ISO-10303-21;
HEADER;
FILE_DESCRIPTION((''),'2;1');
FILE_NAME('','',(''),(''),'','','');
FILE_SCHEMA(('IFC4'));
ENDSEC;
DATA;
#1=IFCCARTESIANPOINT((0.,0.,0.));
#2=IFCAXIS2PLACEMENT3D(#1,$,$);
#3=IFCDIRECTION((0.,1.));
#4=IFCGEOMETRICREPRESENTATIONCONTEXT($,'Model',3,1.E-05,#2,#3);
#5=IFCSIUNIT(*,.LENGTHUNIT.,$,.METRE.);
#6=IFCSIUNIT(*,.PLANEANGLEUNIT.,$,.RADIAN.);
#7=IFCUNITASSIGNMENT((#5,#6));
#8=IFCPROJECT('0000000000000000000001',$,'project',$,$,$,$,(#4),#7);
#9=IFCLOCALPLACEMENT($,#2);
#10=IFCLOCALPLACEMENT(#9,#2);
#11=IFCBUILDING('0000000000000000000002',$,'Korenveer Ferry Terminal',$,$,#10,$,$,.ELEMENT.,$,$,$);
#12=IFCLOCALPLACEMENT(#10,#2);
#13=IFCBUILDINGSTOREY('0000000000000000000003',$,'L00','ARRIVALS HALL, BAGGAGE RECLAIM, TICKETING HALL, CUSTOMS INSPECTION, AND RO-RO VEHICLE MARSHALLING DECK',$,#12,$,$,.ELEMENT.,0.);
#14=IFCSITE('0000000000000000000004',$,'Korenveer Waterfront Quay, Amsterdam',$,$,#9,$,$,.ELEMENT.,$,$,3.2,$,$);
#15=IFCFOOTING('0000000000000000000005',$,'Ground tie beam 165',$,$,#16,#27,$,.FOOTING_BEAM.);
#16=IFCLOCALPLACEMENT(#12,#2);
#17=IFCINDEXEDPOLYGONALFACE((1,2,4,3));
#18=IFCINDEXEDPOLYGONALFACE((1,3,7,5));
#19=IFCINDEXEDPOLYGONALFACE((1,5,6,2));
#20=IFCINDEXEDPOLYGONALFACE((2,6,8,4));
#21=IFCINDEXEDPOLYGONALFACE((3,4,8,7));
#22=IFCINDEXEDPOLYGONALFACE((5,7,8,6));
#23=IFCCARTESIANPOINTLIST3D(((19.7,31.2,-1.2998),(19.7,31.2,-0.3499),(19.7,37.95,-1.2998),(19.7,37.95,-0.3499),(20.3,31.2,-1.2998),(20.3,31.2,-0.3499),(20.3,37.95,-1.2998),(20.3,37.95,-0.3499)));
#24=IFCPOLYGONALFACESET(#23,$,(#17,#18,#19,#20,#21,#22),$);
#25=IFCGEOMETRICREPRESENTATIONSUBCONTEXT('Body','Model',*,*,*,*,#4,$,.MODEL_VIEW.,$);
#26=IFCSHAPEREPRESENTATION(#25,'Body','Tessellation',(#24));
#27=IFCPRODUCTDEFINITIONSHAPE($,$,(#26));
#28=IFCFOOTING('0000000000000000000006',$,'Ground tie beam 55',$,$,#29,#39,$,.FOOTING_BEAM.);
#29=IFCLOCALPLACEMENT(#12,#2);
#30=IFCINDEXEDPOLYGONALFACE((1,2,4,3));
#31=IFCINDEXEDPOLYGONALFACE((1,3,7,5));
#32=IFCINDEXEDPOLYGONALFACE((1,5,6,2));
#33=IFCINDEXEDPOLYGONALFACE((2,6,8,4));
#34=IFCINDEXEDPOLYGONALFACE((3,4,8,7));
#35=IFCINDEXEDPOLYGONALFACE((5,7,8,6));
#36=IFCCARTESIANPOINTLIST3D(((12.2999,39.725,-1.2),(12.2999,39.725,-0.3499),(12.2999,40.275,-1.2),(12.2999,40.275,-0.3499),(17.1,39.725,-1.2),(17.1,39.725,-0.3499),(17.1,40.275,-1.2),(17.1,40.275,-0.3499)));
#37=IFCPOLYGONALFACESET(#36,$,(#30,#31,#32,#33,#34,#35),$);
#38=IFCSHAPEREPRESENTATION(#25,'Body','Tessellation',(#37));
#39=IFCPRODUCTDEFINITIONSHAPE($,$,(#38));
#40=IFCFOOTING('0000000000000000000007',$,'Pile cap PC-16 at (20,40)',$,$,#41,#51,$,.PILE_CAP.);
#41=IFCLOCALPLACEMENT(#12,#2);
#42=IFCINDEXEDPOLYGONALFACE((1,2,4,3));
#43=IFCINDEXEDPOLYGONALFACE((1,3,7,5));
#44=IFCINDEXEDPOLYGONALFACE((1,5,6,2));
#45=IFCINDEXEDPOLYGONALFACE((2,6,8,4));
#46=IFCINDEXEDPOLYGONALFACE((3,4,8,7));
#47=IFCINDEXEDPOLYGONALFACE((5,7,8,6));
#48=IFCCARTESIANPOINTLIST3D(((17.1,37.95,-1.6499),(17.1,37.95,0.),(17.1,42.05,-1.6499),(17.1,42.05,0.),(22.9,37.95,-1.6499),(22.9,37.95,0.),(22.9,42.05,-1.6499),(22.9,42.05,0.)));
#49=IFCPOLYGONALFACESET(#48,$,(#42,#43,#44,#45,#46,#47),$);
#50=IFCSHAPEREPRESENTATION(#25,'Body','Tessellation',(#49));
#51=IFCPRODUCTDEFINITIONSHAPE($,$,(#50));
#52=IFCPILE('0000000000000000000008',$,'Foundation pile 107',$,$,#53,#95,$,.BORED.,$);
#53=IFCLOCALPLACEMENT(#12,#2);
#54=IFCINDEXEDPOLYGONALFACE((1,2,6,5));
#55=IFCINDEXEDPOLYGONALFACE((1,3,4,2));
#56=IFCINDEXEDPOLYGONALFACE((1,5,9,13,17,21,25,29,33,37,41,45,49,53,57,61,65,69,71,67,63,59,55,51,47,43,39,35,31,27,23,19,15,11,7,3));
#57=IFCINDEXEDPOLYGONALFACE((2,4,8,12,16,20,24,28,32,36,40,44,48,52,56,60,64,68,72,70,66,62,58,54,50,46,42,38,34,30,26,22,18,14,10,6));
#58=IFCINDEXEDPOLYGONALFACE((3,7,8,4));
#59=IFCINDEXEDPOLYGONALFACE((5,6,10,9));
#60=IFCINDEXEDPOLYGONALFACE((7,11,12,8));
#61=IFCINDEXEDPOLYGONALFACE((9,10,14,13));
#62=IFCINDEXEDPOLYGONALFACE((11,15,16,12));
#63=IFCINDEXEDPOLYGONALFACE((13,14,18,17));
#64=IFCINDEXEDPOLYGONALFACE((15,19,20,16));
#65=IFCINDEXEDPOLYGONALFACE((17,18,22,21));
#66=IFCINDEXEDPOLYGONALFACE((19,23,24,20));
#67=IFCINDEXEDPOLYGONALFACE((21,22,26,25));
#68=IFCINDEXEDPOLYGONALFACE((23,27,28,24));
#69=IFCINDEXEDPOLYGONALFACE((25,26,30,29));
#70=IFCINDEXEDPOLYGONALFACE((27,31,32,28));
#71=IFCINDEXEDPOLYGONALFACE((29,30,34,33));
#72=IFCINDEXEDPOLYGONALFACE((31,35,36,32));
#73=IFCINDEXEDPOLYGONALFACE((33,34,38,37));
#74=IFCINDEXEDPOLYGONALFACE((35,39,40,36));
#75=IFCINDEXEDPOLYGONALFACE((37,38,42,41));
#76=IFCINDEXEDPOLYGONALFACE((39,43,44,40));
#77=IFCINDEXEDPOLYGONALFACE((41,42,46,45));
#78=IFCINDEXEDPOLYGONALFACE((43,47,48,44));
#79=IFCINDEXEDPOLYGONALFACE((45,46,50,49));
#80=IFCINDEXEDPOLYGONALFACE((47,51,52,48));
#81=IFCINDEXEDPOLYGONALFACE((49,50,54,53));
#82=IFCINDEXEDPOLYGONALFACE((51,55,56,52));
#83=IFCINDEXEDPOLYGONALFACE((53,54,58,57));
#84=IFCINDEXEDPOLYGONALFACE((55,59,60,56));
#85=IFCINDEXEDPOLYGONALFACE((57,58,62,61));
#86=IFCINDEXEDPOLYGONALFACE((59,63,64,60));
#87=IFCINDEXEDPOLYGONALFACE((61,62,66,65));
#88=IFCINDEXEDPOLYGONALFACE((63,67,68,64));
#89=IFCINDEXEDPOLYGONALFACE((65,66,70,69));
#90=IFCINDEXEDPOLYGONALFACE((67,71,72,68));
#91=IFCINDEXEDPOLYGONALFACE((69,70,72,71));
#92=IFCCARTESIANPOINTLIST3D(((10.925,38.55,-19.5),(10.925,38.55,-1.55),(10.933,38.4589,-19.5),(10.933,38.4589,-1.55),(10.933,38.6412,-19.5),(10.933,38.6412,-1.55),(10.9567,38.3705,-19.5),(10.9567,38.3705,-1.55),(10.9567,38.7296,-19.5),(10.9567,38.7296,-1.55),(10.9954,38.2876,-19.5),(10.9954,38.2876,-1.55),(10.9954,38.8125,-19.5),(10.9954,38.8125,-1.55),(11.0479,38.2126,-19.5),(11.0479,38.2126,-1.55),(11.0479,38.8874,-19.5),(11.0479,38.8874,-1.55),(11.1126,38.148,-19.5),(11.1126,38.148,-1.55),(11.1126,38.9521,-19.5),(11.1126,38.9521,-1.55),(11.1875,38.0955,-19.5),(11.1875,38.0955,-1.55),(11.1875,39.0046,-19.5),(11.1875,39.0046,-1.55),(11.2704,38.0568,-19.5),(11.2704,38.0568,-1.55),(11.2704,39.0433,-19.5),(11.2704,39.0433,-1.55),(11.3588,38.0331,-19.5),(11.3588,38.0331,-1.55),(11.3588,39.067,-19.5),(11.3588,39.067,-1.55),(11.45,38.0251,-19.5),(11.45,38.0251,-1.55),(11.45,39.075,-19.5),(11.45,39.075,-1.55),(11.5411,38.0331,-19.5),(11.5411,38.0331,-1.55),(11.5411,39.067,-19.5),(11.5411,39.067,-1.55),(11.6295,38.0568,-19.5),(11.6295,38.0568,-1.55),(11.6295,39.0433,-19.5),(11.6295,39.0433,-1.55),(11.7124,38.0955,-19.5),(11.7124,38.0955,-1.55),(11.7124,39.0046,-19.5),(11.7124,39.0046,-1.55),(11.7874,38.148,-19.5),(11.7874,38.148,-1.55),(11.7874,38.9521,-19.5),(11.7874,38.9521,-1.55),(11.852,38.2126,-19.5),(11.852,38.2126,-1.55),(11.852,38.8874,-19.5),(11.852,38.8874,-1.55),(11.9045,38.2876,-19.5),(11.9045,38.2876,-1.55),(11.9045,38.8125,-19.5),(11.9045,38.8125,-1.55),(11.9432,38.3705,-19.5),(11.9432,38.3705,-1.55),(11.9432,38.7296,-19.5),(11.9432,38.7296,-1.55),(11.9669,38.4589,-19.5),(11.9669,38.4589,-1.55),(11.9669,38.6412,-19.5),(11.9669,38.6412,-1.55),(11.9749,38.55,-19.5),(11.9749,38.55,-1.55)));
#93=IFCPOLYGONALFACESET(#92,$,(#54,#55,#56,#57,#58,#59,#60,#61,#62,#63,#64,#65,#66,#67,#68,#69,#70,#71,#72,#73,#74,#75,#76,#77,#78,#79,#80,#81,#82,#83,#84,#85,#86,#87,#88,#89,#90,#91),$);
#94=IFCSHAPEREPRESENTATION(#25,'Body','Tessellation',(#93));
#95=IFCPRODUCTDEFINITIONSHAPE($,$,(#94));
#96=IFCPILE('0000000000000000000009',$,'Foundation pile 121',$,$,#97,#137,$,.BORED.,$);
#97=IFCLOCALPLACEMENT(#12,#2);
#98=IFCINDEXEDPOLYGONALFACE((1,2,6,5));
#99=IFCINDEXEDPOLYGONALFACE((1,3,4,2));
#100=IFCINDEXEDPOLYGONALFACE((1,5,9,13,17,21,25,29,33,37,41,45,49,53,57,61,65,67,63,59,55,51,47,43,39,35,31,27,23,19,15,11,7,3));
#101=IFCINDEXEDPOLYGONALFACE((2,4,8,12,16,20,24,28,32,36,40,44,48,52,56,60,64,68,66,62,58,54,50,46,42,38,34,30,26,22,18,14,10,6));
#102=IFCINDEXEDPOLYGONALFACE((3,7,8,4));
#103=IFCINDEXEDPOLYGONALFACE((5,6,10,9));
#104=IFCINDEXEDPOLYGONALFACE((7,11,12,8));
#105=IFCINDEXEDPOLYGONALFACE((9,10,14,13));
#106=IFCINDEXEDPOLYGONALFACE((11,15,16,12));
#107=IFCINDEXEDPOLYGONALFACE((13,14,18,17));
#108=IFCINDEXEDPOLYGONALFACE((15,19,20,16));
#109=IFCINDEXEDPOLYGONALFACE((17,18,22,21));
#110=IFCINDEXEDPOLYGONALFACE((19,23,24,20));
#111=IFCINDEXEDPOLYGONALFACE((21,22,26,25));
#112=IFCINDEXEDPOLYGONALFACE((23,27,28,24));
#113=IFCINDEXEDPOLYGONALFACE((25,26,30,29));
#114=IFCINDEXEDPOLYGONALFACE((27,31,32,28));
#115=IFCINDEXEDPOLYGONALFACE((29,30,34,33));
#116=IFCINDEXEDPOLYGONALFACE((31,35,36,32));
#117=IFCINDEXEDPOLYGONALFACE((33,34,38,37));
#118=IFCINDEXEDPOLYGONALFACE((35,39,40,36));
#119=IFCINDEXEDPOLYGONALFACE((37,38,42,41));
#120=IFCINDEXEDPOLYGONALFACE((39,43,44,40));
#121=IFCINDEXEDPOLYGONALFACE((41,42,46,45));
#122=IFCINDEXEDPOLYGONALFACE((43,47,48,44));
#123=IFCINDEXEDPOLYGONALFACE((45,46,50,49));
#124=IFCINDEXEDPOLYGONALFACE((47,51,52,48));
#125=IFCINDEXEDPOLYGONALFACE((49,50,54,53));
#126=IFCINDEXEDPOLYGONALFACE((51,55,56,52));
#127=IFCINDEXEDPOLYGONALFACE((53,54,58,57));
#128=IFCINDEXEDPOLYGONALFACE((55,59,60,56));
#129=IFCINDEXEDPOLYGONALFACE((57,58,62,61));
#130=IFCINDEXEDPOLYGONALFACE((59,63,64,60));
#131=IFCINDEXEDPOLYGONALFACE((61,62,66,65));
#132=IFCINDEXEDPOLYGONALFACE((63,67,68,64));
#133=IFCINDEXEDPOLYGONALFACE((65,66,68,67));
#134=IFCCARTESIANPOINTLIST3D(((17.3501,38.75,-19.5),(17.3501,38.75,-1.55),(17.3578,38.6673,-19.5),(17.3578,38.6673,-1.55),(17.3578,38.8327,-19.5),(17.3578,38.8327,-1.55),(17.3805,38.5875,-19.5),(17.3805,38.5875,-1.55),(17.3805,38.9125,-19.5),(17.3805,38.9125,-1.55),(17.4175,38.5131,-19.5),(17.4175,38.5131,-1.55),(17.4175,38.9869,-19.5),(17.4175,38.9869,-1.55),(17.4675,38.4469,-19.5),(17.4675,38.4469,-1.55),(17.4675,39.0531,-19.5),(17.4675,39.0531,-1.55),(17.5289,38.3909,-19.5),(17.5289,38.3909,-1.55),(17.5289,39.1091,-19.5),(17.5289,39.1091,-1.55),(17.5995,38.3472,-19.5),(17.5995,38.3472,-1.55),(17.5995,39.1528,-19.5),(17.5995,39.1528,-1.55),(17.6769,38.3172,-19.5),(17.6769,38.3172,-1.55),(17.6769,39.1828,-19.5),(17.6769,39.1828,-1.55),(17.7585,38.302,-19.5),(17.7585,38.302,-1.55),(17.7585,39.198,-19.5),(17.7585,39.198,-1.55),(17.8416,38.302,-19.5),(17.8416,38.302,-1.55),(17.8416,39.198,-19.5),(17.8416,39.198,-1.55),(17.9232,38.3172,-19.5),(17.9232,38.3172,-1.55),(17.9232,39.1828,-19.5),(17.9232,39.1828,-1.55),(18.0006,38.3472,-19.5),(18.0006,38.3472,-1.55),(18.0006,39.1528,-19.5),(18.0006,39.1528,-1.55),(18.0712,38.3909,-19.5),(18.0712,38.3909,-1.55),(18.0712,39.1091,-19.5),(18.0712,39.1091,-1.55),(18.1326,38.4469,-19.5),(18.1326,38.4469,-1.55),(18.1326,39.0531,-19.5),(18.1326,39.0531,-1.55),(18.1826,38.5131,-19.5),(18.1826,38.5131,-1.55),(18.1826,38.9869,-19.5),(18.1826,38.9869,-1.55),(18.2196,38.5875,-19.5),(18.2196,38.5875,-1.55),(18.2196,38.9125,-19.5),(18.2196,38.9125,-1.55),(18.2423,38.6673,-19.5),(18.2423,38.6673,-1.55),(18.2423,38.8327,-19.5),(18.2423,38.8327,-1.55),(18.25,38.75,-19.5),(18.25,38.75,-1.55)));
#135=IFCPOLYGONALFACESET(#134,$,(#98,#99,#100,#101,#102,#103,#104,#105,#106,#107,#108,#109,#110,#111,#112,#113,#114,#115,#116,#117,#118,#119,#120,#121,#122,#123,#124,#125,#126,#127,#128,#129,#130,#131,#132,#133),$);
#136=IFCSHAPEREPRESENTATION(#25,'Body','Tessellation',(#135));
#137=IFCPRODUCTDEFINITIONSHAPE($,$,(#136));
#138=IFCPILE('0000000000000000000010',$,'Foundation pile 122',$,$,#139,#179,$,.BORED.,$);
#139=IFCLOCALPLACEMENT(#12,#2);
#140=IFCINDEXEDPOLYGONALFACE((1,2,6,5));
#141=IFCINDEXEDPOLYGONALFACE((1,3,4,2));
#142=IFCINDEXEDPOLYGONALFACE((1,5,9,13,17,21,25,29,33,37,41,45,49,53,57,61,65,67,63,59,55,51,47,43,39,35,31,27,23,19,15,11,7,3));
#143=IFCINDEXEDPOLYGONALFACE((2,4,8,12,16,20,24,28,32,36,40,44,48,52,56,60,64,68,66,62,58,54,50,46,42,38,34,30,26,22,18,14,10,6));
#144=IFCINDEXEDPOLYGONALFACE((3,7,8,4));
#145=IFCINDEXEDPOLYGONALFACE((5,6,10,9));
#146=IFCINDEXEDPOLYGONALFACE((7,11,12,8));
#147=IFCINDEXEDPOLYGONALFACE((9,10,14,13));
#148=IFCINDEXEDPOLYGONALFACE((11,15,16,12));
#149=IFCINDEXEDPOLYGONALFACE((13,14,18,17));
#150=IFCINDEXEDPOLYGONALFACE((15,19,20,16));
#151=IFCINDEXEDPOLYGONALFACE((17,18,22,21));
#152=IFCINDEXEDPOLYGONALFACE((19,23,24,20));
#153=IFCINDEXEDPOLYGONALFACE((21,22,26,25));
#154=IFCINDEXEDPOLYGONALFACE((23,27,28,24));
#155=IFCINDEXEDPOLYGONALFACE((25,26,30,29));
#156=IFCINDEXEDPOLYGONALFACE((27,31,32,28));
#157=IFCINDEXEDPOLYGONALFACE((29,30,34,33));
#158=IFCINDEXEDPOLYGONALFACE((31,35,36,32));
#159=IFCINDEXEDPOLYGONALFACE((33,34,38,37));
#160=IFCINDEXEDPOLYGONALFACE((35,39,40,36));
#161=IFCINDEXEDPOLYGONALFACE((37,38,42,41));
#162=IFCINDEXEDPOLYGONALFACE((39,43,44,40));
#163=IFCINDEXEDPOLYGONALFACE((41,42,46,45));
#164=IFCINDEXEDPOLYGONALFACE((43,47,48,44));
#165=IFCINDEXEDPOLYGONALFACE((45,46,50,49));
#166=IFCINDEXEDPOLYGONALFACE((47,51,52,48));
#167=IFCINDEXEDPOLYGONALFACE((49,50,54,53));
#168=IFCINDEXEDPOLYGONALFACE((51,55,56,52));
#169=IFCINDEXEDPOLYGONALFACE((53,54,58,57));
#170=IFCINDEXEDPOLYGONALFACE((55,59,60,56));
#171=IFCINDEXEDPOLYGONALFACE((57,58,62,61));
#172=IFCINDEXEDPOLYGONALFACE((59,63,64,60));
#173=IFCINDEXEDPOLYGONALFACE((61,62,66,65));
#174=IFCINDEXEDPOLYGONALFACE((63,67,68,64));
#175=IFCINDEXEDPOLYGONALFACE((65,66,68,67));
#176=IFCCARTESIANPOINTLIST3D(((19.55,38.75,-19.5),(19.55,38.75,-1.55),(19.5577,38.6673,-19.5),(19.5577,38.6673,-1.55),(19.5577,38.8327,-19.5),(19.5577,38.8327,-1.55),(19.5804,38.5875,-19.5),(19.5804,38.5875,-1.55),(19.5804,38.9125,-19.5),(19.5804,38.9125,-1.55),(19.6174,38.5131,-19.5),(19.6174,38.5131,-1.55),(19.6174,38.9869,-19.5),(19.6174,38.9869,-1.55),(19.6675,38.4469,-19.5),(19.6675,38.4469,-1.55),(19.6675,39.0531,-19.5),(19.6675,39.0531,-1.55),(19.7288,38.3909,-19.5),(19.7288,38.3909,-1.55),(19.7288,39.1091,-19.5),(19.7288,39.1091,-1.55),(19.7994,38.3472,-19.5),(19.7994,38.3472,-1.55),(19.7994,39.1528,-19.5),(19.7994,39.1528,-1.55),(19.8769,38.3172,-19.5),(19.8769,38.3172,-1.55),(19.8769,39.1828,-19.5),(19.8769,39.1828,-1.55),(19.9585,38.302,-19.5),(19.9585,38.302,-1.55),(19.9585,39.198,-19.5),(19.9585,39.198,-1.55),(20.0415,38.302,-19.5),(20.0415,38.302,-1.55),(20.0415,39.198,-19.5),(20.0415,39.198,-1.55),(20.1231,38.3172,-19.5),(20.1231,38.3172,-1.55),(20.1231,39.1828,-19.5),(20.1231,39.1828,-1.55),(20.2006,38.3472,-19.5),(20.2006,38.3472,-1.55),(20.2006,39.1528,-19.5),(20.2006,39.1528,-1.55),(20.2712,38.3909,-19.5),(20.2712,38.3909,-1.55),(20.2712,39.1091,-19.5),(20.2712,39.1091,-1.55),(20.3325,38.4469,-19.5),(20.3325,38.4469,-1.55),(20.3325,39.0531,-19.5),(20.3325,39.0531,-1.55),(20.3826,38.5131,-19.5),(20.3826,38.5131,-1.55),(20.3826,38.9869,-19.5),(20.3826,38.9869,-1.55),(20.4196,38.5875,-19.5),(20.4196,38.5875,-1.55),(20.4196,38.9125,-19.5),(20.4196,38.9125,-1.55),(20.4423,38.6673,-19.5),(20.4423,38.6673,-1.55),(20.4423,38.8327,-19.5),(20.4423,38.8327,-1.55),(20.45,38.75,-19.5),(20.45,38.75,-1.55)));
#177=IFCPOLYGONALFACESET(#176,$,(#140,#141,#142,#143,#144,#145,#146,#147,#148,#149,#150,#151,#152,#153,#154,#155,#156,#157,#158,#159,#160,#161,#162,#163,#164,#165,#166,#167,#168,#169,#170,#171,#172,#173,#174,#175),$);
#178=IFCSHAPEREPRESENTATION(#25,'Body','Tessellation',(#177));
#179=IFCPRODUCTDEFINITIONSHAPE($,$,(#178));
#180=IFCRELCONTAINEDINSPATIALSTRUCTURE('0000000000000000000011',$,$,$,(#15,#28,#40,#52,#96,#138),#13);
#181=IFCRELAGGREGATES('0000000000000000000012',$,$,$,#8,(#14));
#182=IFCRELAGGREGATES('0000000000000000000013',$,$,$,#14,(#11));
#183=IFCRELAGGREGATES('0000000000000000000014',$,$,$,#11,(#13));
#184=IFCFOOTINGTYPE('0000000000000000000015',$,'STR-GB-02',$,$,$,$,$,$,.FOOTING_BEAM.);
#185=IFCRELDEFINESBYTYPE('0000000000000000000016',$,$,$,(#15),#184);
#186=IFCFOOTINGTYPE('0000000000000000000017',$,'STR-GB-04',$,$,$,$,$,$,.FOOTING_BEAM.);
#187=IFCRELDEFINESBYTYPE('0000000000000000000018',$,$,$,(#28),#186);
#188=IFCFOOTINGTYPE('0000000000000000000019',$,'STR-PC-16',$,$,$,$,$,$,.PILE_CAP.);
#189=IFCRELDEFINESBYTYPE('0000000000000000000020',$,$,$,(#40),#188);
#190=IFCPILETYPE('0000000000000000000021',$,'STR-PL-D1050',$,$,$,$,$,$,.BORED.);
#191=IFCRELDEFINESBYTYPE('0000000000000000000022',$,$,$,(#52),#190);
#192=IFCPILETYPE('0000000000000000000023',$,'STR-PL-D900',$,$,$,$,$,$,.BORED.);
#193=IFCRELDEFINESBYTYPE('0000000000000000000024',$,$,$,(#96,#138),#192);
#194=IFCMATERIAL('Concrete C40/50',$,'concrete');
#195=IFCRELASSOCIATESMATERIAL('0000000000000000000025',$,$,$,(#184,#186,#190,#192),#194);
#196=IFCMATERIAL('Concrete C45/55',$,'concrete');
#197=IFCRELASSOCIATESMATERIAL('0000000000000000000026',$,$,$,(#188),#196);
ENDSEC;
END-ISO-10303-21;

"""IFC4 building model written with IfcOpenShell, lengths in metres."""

from ifc_helpers import new_model, si_unit, direction, frame, origin, origin_2d, place, context, subcontext, project, spatial, rectangle, circle, extrude, material, material_profile, profile_set, type_object, element, save


model = new_model("IFC4")

# Units and contexts
model_context = context("Model", 3, precision=1e-05, world=origin(), true_north=direction((0.0, 1.0)))
body_context = subcontext(model_context, "Body", "Model", "MODEL_VIEW")
ifc_project = project(units=[si_unit("LENGTHUNIT", "METRE"), si_unit("PLANEANGLEUNIT", "RADIAN")], contexts=[model_context])

# Site, building, storey
site_placement = place(None, origin())
site = spatial("IfcSite", under=ifc_project, at=site_placement, Name="Korenveer Waterfront Quay, Amsterdam", CompositionType="ELEMENT", RefElevation=3.2)
building_placement = place(site_placement, origin())
building = spatial("IfcBuilding", under=site, at=building_placement, Name="Korenveer Ferry Terminal", CompositionType="ELEMENT")
storey_placement = place(building_placement, origin())
storey = spatial("IfcBuildingStorey", under=building, at=storey_placement, Name="L00", Description="ARRIVALS HALL, BAGGAGE RECLAIM, TICKETING HALL, CUSTOMS INSPECTION, AND RO-RO VEHICLE MARSHALLING DECK", CompositionType="ELEMENT", Elevation=0.0)

# Footings
ifc_material_1 = material(Name="Concrete C40/50", Category="concrete")
footing_type_1 = type_object("IfcFootingType", Name="STR-GB-02", PredefinedType="FOOTING_BEAM", material=ifc_material_1)
footing_1_placement = place(storey_placement, frame((20.0, 34.575, -1.2998), z_axis=(0.0, 0.0, 1.0), x_axis=(1.0, 0.0, 0.0)))
element("IfcFooting", 1, at=footing_1_placement, inside=storey, type_object=footing_type_1, Name="Ground tie beam 165", PredefinedType="FOOTING_BEAM", context=body_context, shape_type="SweptSolid", body=[
    extrude(rectangle(XDim=0.6001, YDim=6.75, at=origin_2d()), origin(), (0.0, 0.0, 1.0), 0.95),
])
footing_type_2 = type_object("IfcFootingType", Name="STR-GB-04", PredefinedType="FOOTING_BEAM", material=ifc_material_1)
footing_2_placement = place(storey_placement, frame((14.7, 40.0, -1.2), z_axis=(0.0, 0.0, 1.0), x_axis=(1.0, 0.0, 0.0)))
element("IfcFooting", 2, at=footing_2_placement, inside=storey, type_object=footing_type_2, Name="Ground tie beam 55", PredefinedType="FOOTING_BEAM", context=body_context, shape_type="SweptSolid", body=[
    extrude(rectangle(XDim=4.8, YDim=0.55, at=origin_2d()), origin(), (0.0, 0.0, 1.0), 0.8501),
])
ifc_material_2 = material(Name="Concrete C45/55", Category="concrete")
footing_type_3 = type_object("IfcFootingType", Name="STR-PC-16", PredefinedType="PILE_CAP", material=ifc_material_2)
footing_3_placement = place(storey_placement, frame((20.0, 40.0, -1.6499), z_axis=(0.0, 0.0, 1.0), x_axis=(1.0, 0.0, 0.0)))
element("IfcFooting", 3, at=footing_3_placement, inside=storey, type_object=footing_type_3, Name="Pile cap PC-16 at (20,40)", PredefinedType="PILE_CAP", context=body_context, shape_type="SweptSolid", body=[
    extrude(rectangle(XDim=5.8, YDim=4.1001, at=origin_2d()), origin(), (0.0, 0.0, 1.0), 1.6499),
])

# Piles
ifc_material_profile_1 = material_profile(ifc_material_1, circle(Radius=0.5249, at=origin_2d()), Name="PILE D1050")
ifc_profile_set_1 = profile_set([ifc_material_profile_1], Name="Concrete C40/50")
pile_type_1 = type_object("IfcPileType", Name="STR-PL-D1050", PredefinedType="BORED", material=ifc_profile_set_1)
pile_placement = place(storey_placement, frame((11.45, 38.55, -1.55), z_axis=(0.0, 0.0, -1.0), x_axis=(1.0, 0.0, 0.0)))
element("IfcPile", 4, at=pile_placement, inside=storey, type_object=pile_type_1, Name="Foundation pile 107", PredefinedType="BORED", context=body_context, shape_type="SweptSolid", body=[
    extrude(circle(Radius=0.5249, at=origin_2d()), origin(), (0.0, 0.0, 1.0), 17.95),
])
ifc_material_profile_2 = material_profile(ifc_material_1, circle(Radius=0.45, at=origin_2d()), Name="PILE D900")
ifc_profile_set_2 = profile_set([ifc_material_profile_2], Name="Concrete C40/50")
pile_type_2 = type_object("IfcPileType", Name="STR-PL-D900", PredefinedType="BORED", material=ifc_profile_set_2)
for number, where, z_axis, x_axis, name in (
    (5, (17.8, 38.75, -1.55), (0.0, 0.0, -1.0), (1.0, 0.0, 0.0), "Foundation pile 121"),
    (6, (20.0, 38.75, -1.55), (0.0, 0.0, -1.0), (1.0, 0.0, 0.0), "Foundation pile 122"),
):
    element("IfcPile", number, at=place(storey_placement, frame(where, z_axis=z_axis, x_axis=x_axis)), inside=storey, type_object=pile_type_2, Name=name, PredefinedType="BORED", context=body_context, shape_type="SweptSolid", body=[
        extrude(circle(Radius=0.45, at=origin_2d()), origin(), (0.0, 0.0, 1.0), 17.95),
    ])

save(model, "model.ifc")
